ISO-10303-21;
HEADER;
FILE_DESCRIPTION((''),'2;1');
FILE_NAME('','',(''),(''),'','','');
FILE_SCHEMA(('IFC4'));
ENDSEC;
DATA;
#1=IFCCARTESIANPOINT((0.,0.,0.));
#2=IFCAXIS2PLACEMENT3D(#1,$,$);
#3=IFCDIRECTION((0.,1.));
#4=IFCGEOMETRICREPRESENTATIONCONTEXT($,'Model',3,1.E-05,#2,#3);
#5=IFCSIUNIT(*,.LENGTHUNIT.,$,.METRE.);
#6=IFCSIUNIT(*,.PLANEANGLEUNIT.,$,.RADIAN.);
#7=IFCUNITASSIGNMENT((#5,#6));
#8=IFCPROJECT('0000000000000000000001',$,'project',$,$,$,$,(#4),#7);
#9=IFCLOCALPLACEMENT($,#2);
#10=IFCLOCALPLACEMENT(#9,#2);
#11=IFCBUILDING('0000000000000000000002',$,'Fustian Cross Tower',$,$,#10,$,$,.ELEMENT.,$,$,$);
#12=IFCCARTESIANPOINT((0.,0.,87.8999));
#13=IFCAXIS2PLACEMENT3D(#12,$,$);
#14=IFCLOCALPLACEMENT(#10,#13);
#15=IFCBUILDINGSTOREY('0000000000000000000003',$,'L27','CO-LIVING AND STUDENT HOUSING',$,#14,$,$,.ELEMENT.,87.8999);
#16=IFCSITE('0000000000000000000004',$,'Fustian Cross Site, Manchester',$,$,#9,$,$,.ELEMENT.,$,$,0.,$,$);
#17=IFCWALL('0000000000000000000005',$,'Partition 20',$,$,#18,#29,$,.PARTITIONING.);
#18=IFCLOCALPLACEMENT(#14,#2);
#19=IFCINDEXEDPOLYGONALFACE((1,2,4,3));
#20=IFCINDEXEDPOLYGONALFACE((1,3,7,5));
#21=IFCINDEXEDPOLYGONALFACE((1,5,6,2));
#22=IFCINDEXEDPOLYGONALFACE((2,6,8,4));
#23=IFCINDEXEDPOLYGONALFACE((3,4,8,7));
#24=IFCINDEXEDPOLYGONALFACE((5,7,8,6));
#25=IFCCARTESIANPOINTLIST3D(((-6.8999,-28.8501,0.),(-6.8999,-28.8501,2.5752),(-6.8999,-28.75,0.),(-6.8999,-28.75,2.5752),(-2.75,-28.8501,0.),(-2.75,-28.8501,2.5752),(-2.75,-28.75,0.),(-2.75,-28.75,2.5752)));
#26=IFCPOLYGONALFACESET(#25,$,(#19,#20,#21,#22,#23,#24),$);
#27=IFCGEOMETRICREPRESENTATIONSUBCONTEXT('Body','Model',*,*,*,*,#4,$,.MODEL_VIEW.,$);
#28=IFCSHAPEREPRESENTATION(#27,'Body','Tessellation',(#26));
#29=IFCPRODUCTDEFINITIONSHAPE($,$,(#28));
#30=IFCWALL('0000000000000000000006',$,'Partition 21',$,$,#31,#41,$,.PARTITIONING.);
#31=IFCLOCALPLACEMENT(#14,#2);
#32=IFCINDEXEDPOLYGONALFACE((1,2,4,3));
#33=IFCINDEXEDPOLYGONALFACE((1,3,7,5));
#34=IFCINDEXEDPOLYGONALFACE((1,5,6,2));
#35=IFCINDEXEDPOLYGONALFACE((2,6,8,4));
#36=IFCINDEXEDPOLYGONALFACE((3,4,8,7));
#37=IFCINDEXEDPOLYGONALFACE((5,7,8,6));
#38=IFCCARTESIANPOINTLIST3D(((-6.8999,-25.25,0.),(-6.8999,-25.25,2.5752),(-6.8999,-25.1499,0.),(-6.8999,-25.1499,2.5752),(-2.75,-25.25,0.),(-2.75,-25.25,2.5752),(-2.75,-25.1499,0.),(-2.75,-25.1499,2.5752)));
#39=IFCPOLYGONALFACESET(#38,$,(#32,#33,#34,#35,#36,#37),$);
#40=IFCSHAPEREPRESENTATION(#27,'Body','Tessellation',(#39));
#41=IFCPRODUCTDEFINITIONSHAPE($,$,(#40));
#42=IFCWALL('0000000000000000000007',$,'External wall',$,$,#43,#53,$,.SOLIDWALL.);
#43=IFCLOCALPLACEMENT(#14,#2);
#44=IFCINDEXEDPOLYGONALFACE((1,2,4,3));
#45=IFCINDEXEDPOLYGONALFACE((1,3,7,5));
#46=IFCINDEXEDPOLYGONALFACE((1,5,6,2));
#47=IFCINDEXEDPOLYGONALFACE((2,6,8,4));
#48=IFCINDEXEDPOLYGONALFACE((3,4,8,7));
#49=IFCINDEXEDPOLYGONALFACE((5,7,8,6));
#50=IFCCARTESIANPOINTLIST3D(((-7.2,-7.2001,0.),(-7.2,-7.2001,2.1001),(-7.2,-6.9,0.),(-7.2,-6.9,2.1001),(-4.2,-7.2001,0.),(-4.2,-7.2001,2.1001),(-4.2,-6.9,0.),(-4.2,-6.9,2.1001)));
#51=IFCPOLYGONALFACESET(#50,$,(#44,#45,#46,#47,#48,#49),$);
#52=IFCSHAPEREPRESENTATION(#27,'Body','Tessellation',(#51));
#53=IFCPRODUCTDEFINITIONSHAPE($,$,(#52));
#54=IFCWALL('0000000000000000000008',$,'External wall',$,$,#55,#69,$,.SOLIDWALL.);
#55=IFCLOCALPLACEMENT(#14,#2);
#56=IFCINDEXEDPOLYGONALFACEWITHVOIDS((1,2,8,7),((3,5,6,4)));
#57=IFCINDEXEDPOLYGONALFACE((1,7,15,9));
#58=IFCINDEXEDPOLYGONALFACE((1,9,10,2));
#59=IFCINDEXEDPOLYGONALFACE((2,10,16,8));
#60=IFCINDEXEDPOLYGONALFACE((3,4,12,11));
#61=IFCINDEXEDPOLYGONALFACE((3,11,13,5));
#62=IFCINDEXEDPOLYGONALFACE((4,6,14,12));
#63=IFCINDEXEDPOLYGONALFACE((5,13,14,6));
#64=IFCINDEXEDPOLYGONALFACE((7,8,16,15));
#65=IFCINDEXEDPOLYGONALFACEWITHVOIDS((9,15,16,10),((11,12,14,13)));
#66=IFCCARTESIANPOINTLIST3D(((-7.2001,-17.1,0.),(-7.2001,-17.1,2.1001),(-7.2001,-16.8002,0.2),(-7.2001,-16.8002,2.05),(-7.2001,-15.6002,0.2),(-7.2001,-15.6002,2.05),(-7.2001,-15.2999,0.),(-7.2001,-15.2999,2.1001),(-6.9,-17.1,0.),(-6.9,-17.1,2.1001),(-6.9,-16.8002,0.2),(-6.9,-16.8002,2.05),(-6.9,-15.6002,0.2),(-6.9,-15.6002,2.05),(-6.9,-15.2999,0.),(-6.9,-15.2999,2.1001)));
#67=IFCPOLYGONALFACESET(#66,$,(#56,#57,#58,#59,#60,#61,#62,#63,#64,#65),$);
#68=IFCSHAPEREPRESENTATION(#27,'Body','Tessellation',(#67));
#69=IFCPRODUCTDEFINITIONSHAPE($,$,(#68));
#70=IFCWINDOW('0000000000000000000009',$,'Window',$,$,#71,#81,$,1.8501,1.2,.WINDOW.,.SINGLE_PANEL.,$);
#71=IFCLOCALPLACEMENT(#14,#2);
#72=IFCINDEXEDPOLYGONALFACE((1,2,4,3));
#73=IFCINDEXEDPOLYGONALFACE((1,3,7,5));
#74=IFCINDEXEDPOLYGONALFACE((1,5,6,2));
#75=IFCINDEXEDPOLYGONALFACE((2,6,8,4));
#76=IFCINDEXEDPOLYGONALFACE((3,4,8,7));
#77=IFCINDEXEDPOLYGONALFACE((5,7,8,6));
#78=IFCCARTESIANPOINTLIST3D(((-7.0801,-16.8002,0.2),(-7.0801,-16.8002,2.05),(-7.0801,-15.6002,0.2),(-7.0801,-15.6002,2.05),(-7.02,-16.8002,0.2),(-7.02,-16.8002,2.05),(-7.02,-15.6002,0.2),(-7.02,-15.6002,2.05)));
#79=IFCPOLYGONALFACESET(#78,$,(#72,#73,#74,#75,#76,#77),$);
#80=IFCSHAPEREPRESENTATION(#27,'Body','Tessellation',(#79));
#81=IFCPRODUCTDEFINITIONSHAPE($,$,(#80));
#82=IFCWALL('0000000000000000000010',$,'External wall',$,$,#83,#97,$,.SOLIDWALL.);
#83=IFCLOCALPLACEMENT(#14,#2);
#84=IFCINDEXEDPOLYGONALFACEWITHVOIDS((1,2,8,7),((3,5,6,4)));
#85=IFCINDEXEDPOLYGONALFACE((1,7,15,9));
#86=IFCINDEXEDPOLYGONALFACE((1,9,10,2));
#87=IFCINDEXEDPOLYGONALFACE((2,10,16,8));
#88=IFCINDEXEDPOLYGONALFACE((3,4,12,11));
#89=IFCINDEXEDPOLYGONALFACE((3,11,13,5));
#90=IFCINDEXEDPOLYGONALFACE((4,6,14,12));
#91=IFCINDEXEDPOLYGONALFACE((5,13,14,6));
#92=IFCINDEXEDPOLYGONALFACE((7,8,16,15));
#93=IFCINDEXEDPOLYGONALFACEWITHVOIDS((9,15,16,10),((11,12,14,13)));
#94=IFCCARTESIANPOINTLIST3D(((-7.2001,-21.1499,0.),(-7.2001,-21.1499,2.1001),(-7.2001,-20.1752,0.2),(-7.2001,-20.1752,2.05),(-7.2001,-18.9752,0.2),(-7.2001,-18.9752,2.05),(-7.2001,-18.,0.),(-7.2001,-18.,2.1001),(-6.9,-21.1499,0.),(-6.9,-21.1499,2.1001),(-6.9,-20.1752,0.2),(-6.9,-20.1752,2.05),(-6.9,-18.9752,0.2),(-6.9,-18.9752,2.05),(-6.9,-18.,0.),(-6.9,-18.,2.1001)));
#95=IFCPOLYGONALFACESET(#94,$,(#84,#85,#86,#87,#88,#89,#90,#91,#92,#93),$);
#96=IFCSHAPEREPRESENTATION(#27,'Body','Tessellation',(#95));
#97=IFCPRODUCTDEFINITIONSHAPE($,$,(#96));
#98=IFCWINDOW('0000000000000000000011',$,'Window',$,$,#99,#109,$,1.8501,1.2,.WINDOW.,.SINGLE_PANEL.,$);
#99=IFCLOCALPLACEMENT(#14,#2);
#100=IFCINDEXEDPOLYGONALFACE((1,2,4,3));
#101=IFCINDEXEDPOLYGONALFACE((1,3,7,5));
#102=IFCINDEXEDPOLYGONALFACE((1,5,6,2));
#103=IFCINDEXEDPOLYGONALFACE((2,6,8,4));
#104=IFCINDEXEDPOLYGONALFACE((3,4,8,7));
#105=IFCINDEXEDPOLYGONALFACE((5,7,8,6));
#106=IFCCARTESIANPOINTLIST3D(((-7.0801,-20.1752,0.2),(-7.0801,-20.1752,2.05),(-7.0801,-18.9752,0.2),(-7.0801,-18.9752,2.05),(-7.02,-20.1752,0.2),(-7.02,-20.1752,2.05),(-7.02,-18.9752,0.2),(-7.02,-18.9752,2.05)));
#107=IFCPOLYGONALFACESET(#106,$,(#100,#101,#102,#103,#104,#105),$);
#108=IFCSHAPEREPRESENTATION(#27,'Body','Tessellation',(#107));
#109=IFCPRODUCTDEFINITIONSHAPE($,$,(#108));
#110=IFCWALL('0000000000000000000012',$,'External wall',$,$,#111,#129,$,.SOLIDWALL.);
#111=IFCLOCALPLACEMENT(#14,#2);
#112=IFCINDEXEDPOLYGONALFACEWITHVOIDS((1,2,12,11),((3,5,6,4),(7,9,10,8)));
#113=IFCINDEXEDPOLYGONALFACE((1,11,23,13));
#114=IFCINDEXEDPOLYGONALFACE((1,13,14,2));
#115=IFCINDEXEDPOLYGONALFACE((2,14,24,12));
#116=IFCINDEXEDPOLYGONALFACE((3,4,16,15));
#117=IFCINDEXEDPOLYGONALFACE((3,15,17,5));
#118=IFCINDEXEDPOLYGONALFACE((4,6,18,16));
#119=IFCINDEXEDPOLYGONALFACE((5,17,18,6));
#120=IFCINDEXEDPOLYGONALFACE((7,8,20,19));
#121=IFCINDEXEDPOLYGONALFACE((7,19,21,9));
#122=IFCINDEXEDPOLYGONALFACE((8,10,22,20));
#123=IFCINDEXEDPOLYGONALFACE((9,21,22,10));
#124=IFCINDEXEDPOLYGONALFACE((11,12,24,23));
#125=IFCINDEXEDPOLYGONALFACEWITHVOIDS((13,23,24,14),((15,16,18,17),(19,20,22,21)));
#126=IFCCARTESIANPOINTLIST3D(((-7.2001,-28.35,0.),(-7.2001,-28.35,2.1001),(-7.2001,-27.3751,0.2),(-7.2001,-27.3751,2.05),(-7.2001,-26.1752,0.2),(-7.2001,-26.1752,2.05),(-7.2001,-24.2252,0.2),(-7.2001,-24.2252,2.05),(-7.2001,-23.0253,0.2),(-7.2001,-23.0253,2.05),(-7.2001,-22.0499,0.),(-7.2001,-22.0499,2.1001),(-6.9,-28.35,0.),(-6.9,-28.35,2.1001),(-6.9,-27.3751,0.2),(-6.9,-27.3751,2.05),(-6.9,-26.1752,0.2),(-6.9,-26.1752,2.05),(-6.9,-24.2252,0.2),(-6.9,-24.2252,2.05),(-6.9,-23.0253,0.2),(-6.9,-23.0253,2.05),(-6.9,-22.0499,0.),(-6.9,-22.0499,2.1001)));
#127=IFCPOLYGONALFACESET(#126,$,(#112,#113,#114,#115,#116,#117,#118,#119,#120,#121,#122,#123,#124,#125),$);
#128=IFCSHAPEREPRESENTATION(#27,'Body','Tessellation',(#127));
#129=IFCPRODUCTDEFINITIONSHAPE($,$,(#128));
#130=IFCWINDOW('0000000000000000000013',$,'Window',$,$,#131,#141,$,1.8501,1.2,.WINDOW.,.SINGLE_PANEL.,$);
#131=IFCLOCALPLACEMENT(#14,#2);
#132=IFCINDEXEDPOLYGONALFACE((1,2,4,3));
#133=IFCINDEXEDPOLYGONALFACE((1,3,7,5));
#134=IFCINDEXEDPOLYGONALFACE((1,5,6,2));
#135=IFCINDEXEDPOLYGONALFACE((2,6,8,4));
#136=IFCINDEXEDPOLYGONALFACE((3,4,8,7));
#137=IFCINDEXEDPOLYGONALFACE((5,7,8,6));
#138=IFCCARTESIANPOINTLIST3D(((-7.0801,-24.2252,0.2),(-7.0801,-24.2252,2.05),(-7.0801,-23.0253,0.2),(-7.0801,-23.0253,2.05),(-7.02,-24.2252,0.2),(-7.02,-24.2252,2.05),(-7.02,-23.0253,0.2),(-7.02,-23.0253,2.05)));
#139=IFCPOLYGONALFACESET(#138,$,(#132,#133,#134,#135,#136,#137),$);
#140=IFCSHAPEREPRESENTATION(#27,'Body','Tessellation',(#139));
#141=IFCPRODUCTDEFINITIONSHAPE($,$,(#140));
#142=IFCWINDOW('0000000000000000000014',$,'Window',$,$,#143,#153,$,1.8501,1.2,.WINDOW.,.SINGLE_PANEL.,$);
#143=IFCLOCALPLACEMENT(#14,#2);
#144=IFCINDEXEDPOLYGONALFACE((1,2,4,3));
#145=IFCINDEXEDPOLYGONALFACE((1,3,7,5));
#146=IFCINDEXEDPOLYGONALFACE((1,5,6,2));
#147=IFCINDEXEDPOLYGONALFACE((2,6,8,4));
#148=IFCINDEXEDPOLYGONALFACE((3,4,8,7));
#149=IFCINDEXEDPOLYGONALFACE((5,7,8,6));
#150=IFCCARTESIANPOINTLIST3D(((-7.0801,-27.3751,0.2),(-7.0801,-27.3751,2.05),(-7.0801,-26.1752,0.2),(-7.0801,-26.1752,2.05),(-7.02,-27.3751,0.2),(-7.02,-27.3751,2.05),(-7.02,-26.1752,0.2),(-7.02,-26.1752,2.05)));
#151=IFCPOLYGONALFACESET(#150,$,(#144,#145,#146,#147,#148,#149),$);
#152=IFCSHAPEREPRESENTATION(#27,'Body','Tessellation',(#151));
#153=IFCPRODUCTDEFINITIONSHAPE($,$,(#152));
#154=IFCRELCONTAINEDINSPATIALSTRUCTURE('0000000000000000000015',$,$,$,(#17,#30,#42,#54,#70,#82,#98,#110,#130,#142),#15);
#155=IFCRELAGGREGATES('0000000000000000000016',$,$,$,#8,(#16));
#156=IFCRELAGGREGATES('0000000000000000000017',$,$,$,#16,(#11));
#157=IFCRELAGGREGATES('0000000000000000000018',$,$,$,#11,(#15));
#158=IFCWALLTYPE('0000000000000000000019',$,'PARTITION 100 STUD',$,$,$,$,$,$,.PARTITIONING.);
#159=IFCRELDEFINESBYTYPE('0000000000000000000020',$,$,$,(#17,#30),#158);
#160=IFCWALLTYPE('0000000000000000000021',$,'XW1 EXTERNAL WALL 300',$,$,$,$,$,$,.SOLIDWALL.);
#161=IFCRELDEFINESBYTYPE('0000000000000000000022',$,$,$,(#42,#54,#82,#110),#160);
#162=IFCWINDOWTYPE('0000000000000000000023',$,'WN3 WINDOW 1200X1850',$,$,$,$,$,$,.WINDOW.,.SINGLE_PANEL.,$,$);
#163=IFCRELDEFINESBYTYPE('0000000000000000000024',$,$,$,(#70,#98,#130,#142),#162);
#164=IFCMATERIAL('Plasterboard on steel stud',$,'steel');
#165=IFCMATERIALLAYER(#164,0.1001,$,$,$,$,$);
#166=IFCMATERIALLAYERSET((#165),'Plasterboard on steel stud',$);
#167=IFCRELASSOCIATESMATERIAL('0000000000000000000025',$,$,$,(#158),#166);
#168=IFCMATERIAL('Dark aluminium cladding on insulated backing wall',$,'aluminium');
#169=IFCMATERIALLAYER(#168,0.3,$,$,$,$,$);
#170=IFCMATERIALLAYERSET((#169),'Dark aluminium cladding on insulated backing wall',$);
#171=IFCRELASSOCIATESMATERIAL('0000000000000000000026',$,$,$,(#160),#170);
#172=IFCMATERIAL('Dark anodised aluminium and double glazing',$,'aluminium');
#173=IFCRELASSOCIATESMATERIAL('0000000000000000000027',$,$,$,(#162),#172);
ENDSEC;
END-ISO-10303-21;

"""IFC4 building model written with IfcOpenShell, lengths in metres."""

from ifc_helpers import new_model, si_unit, direction, frame, frame_2d, origin, place, context, subcontext, project, spatial, rectangle, extrude, material, layer, layer_set, type_object, element, fill, save


model = new_model("IFC4")

# Units and contexts
model_context = context("Model", 3, precision=1e-05, world=origin(), true_north=direction((0.0, 1.0)))
body_context = subcontext(model_context, "Body", "Model", "MODEL_VIEW")
ifc_project = project(units=[si_unit("LENGTHUNIT", "METRE"), si_unit("PLANEANGLEUNIT", "RADIAN")], contexts=[model_context])

# Site, building, storey
site_placement = place(None, origin())
site = spatial("IfcSite", under=ifc_project, at=site_placement, Name="Fustian Cross Site, Manchester", CompositionType="ELEMENT", RefElevation=0.0)
building_placement = place(site_placement, origin())
building = spatial("IfcBuilding", under=site, at=building_placement, Name="Fustian Cross Tower", CompositionType="ELEMENT")
storey_placement = place(building_placement, frame((0.0, 0.0, 87.8999)))
storey = spatial("IfcBuildingStorey", under=building, at=storey_placement, Name="L27", Description="CO-LIVING AND STUDENT HOUSING", CompositionType="ELEMENT", Elevation=87.8999)

# Shared definitions
ifc_material_1 = material(Name="Plasterboard on steel stud", Category="steel")
ifc_layer_1 = layer(ifc_material_1, 0.1001)
ifc_layer_set_1 = layer_set([ifc_layer_1], Name="Plasterboard on steel stud")
wall_type_1 = type_object("IfcWallType", Name="PARTITION 100 STUD", PredefinedType="PARTITIONING", material=ifc_layer_set_1)

# Walls
for number, where, z_axis, x_axis, name in (
    (1, (-6.8999, -28.8, 0.0), (0.0, 0.0, 1.0), (1.0, 0.0, 0.0), "Partition 20"),
    (2, (-6.8999, -25.2, 0.0), (0.0, 0.0, 1.0), (1.0, 0.0, 0.0), "Partition 21"),
):
    element("IfcWall", number, at=place(storey_placement, frame(where, z_axis=z_axis, x_axis=x_axis)), inside=storey, type_object=wall_type_1, Name=name, PredefinedType="PARTITIONING", context=body_context, shape_type="SweptSolid", body=[
        extrude(rectangle(XDim=4.1499, YDim=0.1001, at=frame_2d((2.075, 0.0))), origin(), (0.0, 0.0, 1.0), 2.5752),
    ])
ifc_material_2 = material(Name="Dark aluminium cladding on insulated backing wall", Category="aluminium")
ifc_layer_2 = layer(ifc_material_2, 0.3)
ifc_layer_set_2 = layer_set([ifc_layer_2], Name="Dark aluminium cladding on insulated backing wall")
wall_type_2 = type_object("IfcWallType", Name="XW1 EXTERNAL WALL 300", PredefinedType="SOLIDWALL", material=ifc_layer_set_2)
wall_1_placement = place(storey_placement, frame((-7.2, -7.05, 0.0), z_axis=(0.0, 0.0, 1.0), x_axis=(1.0, 0.0, 0.0)))
element("IfcWall", 3, at=wall_1_placement, inside=storey, type_object=wall_type_2, Name="External wall", PredefinedType="SOLIDWALL", context=body_context, shape_type="SweptSolid", body=[
    extrude(rectangle(XDim=3.0, YDim=0.3, at=frame_2d((1.5, 0.0))), origin(), (0.0, 0.0, 1.0), 2.1001),
])

# Walls, openings, windows
wall_2_placement = place(storey_placement, frame((-7.05, -15.3, 0.0), z_axis=(0.0, 0.0, 1.0), x_axis=(0.0, -1.0, 0.0)))
wall_2 = element("IfcWall", 4, at=wall_2_placement, inside=storey, type_object=wall_type_2, Name="External wall", PredefinedType="SOLIDWALL", context=body_context, shape_type="SweptSolid", body=[
    extrude(rectangle(XDim=1.8, YDim=0.3, at=frame_2d((0.8999, 0.0))), origin(), (0.0, 0.0, 1.0), 2.1001),
])
opening_1_placement = place(wall_2_placement, frame((0.3, 0.0, 0.2)))
opening_1 = element("IfcOpeningElement", 5, at=opening_1_placement, cuts=wall_2, PredefinedType="OPENING", context=body_context, shape_type="SweptSolid", body=[
    extrude(rectangle(XDim=1.2, YDim=1.8501, at=frame_2d((0.6001, 0.925))), frame((0.0, 0.1599, 0.0), z_axis=(0.0, -1.0, 0.0), x_axis=(1.0, 0.0, 0.0)), (0.0, 0.0, 1.0), 0.3201),
])
ifc_material_3 = material(Name="Dark anodised aluminium and double glazing", Category="aluminium")
window_type_1 = type_object("IfcWindowType", Name="WN3 WINDOW 1200X1850", PartitioningType="SINGLE_PANEL", PredefinedType="WINDOW", material=ifc_material_3)
window_1_placement = place(opening_1_placement, origin())
window_1 = element("IfcWindow", 6, at=window_1_placement, inside=storey, type_object=window_type_1, Name="Window", OverallHeight=1.8501, OverallWidth=1.2, PartitioningType="SINGLE_PANEL", PredefinedType="WINDOW", context=body_context, shape_type="SweptSolid", body=[
    extrude(rectangle(XDim=1.2, YDim=1.8501, at=frame_2d((0.6001, 0.925))), frame((0.0, 0.03, 0.0), z_axis=(0.0, -1.0, 0.0), x_axis=(1.0, 0.0, 0.0)), (0.0, 0.0, 1.0), 0.0601),
])
fill(opening_1, window_1)
wall_3_placement = place(storey_placement, frame((-7.05, -18.0, 0.0), z_axis=(0.0, 0.0, 1.0), x_axis=(0.0, -1.0, 0.0)))
wall_3 = element("IfcWall", 7, at=wall_3_placement, inside=storey, type_object=wall_type_2, Name="External wall", PredefinedType="SOLIDWALL", context=body_context, shape_type="SweptSolid", body=[
    extrude(rectangle(XDim=3.1499, YDim=0.3, at=frame_2d((1.575, 0.0))), origin(), (0.0, 0.0, 1.0), 2.1001),
])
opening_2_placement = place(wall_3_placement, frame((0.9751, 0.0, 0.2)))
opening_2 = element("IfcOpeningElement", 8, at=opening_2_placement, cuts=wall_3, PredefinedType="OPENING", context=body_context, shape_type="SweptSolid", body=[
    extrude(rectangle(XDim=1.2, YDim=1.8501, at=frame_2d((0.6001, 0.925))), frame((0.0, 0.1599, 0.0), z_axis=(0.0, -1.0, 0.0), x_axis=(1.0, 0.0, 0.0)), (0.0, 0.0, 1.0), 0.3201),
])
window_2_placement = place(opening_2_placement, origin())
window_2 = element("IfcWindow", 9, at=window_2_placement, inside=storey, type_object=window_type_1, Name="Window", OverallHeight=1.8501, OverallWidth=1.2, PartitioningType="SINGLE_PANEL", PredefinedType="WINDOW", context=body_context, shape_type="SweptSolid", body=[
    extrude(rectangle(XDim=1.2, YDim=1.8501, at=frame_2d((0.6001, 0.925))), frame((0.0, 0.03, 0.0), z_axis=(0.0, -1.0, 0.0), x_axis=(1.0, 0.0, 0.0)), (0.0, 0.0, 1.0), 0.0601),
])
fill(opening_2, window_2)

# Wall, openings, windows
wall_4_placement = place(storey_placement, frame((-7.05, -22.05, 0.0), z_axis=(0.0, 0.0, 1.0), x_axis=(0.0, -1.0, 0.0)))
wall_4 = element("IfcWall", 10, at=wall_4_placement, inside=storey, type_object=wall_type_2, Name="External wall", PredefinedType="SOLIDWALL", context=body_context, shape_type="SweptSolid", body=[
    extrude(rectangle(XDim=6.3, YDim=0.3, at=frame_2d((3.1499, 0.0))), origin(), (0.0, 0.0, 1.0), 2.1001),
])
opening_3_placement = place(wall_4_placement, frame((0.9751, 0.0, 0.2)))
opening_3 = element("IfcOpeningElement", 11, at=opening_3_placement, cuts=wall_4, PredefinedType="OPENING", context=body_context, shape_type="SweptSolid", body=[
    extrude(rectangle(XDim=1.2, YDim=1.8501, at=frame_2d((0.6001, 0.925))), frame((0.0, 0.1599, 0.0), z_axis=(0.0, -1.0, 0.0), x_axis=(1.0, 0.0, 0.0)), (0.0, 0.0, 1.0), 0.3201),
])
opening_4_placement = place(wall_4_placement, frame((4.125, 0.0, 0.2)))
opening_4 = element("IfcOpeningElement", 12, at=opening_4_placement, cuts=wall_4, PredefinedType="OPENING", context=body_context, shape_type="SweptSolid", body=[
    extrude(rectangle(XDim=1.2, YDim=1.8501, at=frame_2d((0.6001, 0.925))), frame((0.0, 0.1599, 0.0), z_axis=(0.0, -1.0, 0.0), x_axis=(1.0, 0.0, 0.0)), (0.0, 0.0, 1.0), 0.3201),
])
window_3_placement = place(opening_3_placement, origin())
window_3 = element("IfcWindow", 13, at=window_3_placement, inside=storey, type_object=window_type_1, Name="Window", OverallHeight=1.8501, OverallWidth=1.2, PartitioningType="SINGLE_PANEL", PredefinedType="WINDOW", context=body_context, shape_type="SweptSolid", body=[
    extrude(rectangle(XDim=1.2, YDim=1.8501, at=frame_2d((0.6001, 0.925))), frame((0.0, 0.03, 0.0), z_axis=(0.0, -1.0, 0.0), x_axis=(1.0, 0.0, 0.0)), (0.0, 0.0, 1.0), 0.0601),
])
fill(opening_3, window_3)
window_4_placement = place(opening_4_placement, origin())
window_4 = element("IfcWindow", 14, at=window_4_placement, inside=storey, type_object=window_type_1, Name="Window", OverallHeight=1.8501, OverallWidth=1.2, PartitioningType="SINGLE_PANEL", PredefinedType="WINDOW", context=body_context, shape_type="SweptSolid", body=[
    extrude(rectangle(XDim=1.2, YDim=1.8501, at=frame_2d((0.6001, 0.925))), frame((0.0, 0.03, 0.0), z_axis=(0.0, -1.0, 0.0), x_axis=(1.0, 0.0, 0.0)), (0.0, 0.0, 1.0), 0.0601),
])
fill(opening_4, window_4)

save(model, "model.ifc")
